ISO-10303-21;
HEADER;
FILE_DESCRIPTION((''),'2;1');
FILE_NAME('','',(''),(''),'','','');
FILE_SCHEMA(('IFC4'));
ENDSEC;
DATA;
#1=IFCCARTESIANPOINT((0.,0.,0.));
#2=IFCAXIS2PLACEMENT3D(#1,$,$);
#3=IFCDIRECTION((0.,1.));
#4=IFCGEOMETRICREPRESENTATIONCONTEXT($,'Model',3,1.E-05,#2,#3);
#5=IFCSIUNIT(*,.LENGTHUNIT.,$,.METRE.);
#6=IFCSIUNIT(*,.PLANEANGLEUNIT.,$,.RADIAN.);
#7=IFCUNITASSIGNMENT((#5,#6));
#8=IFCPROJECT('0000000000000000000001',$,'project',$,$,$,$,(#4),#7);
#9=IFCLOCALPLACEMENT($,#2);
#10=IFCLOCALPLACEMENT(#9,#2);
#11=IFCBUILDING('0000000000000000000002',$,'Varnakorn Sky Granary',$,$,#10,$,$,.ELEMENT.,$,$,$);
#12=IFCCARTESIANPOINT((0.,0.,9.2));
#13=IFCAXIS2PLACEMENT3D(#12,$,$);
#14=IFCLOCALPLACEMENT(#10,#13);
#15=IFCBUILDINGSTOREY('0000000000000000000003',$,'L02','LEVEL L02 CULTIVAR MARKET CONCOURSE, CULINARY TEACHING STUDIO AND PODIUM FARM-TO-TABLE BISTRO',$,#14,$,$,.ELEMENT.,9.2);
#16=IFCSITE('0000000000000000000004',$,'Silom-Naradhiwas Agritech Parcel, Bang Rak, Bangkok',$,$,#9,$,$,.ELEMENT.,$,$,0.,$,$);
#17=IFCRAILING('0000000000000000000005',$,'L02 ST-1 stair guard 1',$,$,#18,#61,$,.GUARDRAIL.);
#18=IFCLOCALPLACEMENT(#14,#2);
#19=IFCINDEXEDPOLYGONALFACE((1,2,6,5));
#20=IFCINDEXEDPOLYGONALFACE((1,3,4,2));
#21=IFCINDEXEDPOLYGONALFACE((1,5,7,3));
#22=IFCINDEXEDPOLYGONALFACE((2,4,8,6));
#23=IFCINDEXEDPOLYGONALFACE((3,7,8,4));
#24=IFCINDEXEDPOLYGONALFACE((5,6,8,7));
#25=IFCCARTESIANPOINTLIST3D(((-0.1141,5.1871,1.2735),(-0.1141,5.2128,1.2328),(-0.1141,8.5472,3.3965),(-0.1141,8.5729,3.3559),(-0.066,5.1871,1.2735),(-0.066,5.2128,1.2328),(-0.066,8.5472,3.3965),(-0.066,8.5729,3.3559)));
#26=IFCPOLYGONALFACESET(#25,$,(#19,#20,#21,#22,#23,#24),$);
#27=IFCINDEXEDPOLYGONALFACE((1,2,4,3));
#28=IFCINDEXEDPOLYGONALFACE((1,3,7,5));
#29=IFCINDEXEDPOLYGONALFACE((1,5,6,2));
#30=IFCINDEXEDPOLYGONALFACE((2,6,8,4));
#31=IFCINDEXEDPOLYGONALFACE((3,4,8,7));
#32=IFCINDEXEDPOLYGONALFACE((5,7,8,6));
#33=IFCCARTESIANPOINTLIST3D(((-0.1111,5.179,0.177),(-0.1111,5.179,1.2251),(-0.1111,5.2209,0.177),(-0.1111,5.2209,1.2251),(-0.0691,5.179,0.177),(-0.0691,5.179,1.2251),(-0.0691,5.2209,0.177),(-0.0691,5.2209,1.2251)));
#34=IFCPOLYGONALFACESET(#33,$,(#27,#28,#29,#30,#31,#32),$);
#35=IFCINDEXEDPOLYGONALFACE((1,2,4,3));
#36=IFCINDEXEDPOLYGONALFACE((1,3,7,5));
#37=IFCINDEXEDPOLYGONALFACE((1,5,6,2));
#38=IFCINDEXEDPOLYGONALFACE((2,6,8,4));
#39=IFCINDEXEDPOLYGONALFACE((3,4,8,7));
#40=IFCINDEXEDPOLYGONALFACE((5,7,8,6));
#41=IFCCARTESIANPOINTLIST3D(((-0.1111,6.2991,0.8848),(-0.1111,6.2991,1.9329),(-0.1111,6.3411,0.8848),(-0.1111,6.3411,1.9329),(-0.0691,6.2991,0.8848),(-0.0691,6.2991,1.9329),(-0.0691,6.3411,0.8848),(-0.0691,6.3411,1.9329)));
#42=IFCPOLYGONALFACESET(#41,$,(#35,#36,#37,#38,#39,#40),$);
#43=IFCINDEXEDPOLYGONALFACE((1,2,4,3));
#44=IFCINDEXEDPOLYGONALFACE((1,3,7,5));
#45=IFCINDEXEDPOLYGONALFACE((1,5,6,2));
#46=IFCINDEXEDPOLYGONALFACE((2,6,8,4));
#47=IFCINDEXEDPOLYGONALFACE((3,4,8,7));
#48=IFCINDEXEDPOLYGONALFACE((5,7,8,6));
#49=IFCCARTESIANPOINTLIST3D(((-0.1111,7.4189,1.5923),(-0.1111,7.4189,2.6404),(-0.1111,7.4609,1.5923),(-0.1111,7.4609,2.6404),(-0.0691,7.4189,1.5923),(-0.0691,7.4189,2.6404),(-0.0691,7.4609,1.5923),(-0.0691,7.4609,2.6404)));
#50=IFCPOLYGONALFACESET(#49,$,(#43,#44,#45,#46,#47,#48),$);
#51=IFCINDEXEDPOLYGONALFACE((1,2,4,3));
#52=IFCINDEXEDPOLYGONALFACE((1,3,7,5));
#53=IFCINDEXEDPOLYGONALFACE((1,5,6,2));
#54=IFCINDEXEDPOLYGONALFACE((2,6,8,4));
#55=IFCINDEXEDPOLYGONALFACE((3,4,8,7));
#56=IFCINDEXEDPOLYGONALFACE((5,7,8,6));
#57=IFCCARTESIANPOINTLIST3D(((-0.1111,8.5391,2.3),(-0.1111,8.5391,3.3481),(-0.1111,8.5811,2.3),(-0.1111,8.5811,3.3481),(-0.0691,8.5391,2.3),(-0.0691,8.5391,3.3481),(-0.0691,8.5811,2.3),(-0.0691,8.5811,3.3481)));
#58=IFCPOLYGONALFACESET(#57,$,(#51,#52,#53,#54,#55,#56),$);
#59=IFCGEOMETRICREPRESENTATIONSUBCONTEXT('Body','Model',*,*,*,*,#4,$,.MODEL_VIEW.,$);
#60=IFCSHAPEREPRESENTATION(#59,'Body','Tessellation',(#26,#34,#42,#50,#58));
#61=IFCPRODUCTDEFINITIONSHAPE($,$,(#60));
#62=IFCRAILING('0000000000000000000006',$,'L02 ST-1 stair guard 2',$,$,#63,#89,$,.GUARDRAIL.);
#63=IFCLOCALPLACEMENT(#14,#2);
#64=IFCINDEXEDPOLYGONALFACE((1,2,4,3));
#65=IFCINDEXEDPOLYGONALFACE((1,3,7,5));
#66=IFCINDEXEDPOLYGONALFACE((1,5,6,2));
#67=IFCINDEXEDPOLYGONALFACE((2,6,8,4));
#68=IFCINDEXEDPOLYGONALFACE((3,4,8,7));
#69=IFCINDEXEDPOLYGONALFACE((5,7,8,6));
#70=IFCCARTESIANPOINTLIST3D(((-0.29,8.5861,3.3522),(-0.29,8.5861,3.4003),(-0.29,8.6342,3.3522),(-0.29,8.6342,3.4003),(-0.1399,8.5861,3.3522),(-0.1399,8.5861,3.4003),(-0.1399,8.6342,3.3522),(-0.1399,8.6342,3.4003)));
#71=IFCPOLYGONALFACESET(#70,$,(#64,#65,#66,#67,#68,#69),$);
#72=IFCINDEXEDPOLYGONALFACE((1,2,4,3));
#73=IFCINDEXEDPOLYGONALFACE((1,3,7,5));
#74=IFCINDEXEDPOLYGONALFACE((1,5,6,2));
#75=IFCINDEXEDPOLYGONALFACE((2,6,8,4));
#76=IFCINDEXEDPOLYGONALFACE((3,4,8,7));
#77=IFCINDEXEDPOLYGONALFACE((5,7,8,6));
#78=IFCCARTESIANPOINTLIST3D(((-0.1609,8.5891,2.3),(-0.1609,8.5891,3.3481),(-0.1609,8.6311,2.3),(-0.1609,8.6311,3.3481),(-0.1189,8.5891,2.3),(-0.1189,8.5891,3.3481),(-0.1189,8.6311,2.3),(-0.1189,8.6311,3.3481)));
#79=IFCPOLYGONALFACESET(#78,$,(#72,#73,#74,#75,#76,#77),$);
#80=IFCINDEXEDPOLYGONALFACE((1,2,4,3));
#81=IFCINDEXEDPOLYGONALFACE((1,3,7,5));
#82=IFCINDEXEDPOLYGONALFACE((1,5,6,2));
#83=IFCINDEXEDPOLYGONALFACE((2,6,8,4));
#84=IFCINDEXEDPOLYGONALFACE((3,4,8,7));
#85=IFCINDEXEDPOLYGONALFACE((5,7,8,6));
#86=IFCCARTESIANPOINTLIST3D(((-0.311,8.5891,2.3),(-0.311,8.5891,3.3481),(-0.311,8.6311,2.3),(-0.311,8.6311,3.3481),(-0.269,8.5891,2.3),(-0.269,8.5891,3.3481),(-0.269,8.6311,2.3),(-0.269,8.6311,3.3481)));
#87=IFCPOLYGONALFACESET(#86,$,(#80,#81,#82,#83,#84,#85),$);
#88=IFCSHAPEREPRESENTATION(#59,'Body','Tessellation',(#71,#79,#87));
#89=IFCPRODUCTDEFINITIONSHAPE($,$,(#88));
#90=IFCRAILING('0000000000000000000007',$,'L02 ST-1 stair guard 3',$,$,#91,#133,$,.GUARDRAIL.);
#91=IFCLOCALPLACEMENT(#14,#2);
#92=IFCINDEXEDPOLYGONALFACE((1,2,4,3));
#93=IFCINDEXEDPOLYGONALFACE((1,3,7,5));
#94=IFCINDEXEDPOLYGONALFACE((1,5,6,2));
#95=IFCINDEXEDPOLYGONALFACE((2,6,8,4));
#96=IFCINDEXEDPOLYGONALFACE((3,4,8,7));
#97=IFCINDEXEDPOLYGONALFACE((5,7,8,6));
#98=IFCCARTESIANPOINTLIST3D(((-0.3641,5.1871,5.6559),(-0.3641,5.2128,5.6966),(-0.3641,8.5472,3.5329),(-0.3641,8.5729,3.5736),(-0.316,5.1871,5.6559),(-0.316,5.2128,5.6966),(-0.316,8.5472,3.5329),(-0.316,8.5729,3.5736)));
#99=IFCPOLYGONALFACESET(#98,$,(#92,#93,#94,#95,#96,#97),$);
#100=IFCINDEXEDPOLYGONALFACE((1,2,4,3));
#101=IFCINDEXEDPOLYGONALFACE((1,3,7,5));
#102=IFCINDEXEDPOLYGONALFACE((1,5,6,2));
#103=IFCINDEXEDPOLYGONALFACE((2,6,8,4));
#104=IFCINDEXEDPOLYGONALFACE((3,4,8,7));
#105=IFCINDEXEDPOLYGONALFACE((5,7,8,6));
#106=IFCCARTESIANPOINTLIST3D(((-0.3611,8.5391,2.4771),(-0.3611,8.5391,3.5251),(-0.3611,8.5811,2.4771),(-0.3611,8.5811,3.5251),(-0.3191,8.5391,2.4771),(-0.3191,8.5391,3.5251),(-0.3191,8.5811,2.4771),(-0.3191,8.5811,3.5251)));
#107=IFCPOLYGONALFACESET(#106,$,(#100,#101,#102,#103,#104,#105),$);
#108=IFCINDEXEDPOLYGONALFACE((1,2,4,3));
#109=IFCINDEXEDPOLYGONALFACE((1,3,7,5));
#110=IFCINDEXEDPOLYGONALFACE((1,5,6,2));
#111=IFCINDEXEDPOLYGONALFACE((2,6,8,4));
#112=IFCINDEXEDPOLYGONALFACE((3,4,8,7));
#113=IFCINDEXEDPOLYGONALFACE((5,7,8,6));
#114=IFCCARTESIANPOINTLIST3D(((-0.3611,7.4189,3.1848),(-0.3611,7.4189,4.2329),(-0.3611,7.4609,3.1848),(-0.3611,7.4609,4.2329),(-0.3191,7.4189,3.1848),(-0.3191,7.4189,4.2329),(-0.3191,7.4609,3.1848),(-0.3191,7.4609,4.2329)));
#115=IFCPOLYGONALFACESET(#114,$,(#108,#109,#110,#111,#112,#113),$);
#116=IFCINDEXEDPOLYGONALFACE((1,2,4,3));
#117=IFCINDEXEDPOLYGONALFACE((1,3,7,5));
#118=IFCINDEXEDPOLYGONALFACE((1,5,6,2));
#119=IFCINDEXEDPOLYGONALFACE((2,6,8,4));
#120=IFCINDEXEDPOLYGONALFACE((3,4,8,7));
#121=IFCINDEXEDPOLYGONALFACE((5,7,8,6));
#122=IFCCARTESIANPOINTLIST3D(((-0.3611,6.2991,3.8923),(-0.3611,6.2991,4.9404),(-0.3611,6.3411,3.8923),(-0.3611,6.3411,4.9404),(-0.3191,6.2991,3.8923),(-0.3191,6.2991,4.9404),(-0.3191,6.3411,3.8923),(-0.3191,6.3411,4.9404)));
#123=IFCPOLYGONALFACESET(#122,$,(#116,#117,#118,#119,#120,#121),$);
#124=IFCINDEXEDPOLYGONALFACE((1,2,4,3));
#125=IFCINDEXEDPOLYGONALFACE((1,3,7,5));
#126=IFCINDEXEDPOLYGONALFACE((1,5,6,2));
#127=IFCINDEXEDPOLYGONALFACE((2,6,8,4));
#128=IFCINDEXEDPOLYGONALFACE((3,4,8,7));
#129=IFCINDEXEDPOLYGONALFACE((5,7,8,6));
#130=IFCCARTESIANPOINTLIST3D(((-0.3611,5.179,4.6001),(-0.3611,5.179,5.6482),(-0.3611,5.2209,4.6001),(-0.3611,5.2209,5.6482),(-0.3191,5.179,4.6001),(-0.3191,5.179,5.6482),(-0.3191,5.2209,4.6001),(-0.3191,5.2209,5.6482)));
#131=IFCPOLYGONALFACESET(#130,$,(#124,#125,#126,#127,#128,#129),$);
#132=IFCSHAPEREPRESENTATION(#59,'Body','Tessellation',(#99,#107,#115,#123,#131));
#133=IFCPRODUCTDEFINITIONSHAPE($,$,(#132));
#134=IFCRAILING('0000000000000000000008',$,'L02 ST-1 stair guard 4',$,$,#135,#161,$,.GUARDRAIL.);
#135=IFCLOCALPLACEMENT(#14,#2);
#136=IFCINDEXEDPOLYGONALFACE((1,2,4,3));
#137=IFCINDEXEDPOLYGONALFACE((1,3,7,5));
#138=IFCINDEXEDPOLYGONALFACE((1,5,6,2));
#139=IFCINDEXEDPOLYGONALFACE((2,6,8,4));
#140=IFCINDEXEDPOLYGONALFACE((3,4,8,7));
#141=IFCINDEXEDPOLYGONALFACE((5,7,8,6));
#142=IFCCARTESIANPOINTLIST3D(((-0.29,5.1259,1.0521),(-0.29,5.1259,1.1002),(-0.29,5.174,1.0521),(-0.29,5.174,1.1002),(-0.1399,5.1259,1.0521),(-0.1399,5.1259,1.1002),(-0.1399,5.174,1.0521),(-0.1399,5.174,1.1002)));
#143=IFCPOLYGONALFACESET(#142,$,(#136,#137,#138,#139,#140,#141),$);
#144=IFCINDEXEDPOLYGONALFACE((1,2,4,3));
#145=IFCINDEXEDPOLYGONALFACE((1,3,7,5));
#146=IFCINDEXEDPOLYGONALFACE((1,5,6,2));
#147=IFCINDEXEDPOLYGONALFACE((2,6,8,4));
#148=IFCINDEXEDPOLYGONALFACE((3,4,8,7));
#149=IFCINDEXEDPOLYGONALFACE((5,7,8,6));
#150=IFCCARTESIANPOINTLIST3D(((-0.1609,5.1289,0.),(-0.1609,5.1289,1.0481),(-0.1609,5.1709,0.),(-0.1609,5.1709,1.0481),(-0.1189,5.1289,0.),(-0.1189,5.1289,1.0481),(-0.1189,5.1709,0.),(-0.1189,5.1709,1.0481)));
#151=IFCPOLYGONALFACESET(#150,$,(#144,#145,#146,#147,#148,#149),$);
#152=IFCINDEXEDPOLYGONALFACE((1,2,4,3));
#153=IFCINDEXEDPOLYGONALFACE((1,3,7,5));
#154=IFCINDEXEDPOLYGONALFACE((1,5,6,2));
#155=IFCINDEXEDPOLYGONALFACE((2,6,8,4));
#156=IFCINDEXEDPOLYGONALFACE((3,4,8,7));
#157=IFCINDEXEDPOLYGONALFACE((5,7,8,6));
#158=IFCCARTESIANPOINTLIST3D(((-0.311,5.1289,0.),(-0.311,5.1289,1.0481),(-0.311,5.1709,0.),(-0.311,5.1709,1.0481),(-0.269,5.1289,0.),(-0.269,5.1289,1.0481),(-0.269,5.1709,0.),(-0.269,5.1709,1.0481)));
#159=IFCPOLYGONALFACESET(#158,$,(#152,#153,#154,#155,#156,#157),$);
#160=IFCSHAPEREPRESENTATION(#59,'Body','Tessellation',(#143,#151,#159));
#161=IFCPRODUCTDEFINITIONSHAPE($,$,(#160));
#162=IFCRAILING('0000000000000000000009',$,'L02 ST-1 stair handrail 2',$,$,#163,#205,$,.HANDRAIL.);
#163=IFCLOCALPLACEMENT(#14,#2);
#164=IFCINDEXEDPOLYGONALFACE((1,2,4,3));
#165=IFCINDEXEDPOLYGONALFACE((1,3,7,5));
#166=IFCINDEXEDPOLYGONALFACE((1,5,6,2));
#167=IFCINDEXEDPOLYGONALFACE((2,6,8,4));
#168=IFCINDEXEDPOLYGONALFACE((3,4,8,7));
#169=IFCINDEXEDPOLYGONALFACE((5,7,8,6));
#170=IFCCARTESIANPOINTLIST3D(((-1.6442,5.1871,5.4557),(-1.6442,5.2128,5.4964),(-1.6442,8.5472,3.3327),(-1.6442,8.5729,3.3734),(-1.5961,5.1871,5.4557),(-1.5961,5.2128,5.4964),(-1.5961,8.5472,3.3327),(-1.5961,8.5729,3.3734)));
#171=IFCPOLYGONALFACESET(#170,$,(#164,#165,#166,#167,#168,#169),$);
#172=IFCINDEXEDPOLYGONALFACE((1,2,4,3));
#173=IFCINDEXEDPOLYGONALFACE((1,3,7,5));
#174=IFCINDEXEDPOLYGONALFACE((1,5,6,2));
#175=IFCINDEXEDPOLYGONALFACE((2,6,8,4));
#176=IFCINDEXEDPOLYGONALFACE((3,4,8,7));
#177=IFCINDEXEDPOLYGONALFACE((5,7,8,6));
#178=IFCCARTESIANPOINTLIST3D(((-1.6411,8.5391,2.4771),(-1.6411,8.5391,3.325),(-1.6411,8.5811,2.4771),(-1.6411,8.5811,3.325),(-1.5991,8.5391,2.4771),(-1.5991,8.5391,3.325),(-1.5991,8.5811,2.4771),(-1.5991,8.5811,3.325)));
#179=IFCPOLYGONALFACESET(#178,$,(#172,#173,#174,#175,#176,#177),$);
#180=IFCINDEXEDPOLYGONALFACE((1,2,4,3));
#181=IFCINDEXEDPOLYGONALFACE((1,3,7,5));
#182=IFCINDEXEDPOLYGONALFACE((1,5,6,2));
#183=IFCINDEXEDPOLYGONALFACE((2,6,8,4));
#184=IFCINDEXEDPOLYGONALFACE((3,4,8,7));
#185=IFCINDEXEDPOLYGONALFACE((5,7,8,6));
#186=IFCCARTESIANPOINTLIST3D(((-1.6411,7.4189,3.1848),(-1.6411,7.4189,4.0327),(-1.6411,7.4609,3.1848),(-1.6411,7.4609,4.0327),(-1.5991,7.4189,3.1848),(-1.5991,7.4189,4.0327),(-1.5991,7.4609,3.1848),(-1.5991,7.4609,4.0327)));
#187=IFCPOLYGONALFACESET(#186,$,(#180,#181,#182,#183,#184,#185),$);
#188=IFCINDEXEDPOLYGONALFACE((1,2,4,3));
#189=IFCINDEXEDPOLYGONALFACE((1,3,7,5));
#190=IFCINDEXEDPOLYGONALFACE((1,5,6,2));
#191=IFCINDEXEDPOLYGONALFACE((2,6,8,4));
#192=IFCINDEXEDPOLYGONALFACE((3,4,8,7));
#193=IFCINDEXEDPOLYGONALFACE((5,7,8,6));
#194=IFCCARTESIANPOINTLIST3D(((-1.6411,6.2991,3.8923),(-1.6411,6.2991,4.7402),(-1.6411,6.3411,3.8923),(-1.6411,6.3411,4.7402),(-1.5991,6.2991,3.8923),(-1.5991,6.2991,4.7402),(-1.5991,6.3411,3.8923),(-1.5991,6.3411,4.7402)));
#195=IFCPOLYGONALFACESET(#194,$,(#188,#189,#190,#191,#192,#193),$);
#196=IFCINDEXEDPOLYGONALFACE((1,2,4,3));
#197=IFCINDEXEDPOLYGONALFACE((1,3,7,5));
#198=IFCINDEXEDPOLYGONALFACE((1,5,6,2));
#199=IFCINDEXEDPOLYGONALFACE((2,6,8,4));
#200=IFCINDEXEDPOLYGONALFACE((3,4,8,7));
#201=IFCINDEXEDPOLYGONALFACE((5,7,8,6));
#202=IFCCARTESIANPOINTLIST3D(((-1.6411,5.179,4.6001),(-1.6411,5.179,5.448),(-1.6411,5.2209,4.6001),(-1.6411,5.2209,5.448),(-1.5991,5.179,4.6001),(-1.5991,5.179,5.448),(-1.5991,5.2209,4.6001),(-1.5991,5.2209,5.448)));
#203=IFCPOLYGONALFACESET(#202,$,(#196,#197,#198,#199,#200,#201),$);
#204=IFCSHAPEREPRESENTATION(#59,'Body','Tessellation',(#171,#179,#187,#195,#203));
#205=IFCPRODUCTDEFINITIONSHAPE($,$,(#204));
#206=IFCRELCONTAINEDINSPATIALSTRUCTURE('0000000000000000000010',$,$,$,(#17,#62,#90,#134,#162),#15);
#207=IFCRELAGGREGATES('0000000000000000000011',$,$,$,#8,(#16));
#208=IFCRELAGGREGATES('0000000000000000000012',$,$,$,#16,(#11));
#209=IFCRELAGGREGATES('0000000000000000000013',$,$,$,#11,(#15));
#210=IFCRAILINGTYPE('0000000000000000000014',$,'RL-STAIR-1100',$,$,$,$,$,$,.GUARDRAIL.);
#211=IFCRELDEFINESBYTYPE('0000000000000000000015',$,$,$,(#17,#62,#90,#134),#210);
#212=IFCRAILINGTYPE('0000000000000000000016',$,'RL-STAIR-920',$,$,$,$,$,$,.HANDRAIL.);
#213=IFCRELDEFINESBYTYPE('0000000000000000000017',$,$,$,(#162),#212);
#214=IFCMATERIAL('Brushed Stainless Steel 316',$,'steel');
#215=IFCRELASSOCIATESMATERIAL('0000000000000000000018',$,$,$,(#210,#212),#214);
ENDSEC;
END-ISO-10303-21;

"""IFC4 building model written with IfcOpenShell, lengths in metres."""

from ifc_helpers import new_model, si_unit, direction, frame, origin, origin_2d, place, context, subcontext, project, spatial, rectangle, extrude, material, type_object, element, save


model = new_model("IFC4")

# Units and contexts
model_context = context("Model", 3, precision=1e-05, world=origin(), true_north=direction((0.0, 1.0)))
body_context = subcontext(model_context, "Body", "Model", "MODEL_VIEW")
ifc_project = project(units=[si_unit("LENGTHUNIT", "METRE"), si_unit("PLANEANGLEUNIT", "RADIAN")], contexts=[model_context])

# Site, building, storey
site_placement = place(None, origin())
site = spatial("IfcSite", under=ifc_project, at=site_placement, Name="Silom-Naradhiwas Agritech Parcel, Bang Rak, Bangkok", CompositionType="ELEMENT", RefElevation=0.0)
building_placement = place(site_placement, origin())
building = spatial("IfcBuilding", under=site, at=building_placement, Name="Varnakorn Sky Granary", CompositionType="ELEMENT")
storey_placement = place(building_placement, frame((0.0, 0.0, 9.2)))
storey = spatial("IfcBuildingStorey", under=building, at=storey_placement, Name="L02", Description="LEVEL L02 CULTIVAR MARKET CONCOURSE, CULINARY TEACHING STUDIO AND PODIUM FARM-TO-TABLE BISTRO", CompositionType="ELEMENT", Elevation=9.2)

# Railings
ifc_material_1 = material(Name="Brushed Stainless Steel 316", Category="steel")
railing_type_1 = type_object("IfcRailingType", Name="RL-STAIR-1100", PredefinedType="GUARDRAIL", material=ifc_material_1)
railing_1_placement = place(storey_placement, frame((-0.0901, 5.2, 0.177)))
element("IfcRailing", 1, at=railing_1_placement, inside=storey, type_object=railing_type_1, Name="L02 ST-1 stair guard 1", PredefinedType="GUARDRAIL", context=body_context, shape_type="SweptSolid", body=[
    extrude(rectangle(XDim=0.0481, YDim=0.0481, at=origin_2d()), frame((0.0, 0.0, 1.0762), z_axis=(0.0, 0.84539, 0.53415), x_axis=(-1.0, 0.0, 0.0)), (0.0, 0.0, 1.0), 3.9746),
    extrude(rectangle(XDim=0.042, YDim=0.042, at=origin_2d()), origin(), (0.0, 0.0, 1.0), 1.0481),
    extrude(rectangle(XDim=0.042, YDim=0.042, at=origin_2d()), frame((0.0, 1.1201, 0.7078)), (0.0, 0.0, 1.0), 1.0481),
    extrude(rectangle(XDim=0.042, YDim=0.042, at=origin_2d()), frame((0.0, 2.24, 1.4153)), (0.0, 0.0, 1.0), 1.0481),
    extrude(rectangle(XDim=0.042, YDim=0.042, at=origin_2d()), frame((0.0, 3.3601, 2.123)), (0.0, 0.0, 1.0), 1.0481),
])
railing_2_placement = place(storey_placement, frame((-0.1399, 8.6101, 2.3)))
element("IfcRailing", 2, at=railing_2_placement, inside=storey, type_object=railing_type_1, Name="L02 ST-1 stair guard 2", PredefinedType="GUARDRAIL", context=body_context, shape_type="SweptSolid", body=[
    extrude(rectangle(XDim=0.0481, YDim=0.0481, at=origin_2d()), frame((0.0, 0.0, 1.0762), z_axis=(-1.0, 0.0, 0.0), x_axis=(0.0, -1.0, 0.0)), (0.0, 0.0, 1.0), 0.1501),
    extrude(rectangle(XDim=0.042, YDim=0.042, at=origin_2d()), origin(), (0.0, 0.0, 1.0), 1.0481),
    extrude(rectangle(XDim=0.042, YDim=0.042, at=origin_2d()), frame((-0.1501, 0.0, 0.0)), (0.0, 0.0, 1.0), 1.0481),
])
railing_3_placement = place(storey_placement, frame((-0.3401, 8.5601, 2.4771)))
element("IfcRailing", 3, at=railing_3_placement, inside=storey, type_object=railing_type_1, Name="L02 ST-1 stair guard 3", PredefinedType="GUARDRAIL", context=body_context, shape_type="SweptSolid", body=[
    extrude(rectangle(XDim=0.0481, YDim=0.0481, at=origin_2d()), frame((0.0, 0.0, 1.0762), z_axis=(0.0, -0.84539, 0.53415), x_axis=(1.0, 0.0, 0.0)), (0.0, 0.0, 1.0), 3.9746),
    extrude(rectangle(XDim=0.042, YDim=0.042, at=origin_2d()), origin(), (0.0, 0.0, 1.0), 1.0481),
    extrude(rectangle(XDim=0.042, YDim=0.042, at=origin_2d()), frame((0.0, -1.1201, 0.7078)), (0.0, 0.0, 1.0), 1.0481),
    extrude(rectangle(XDim=0.042, YDim=0.042, at=origin_2d()), frame((0.0, -2.24, 1.4153)), (0.0, 0.0, 1.0), 1.0481),
    extrude(rectangle(XDim=0.042, YDim=0.042, at=origin_2d()), frame((0.0, -3.3601, 2.123)), (0.0, 0.0, 1.0), 1.0481),
])
railing_4_placement = place(storey_placement, frame((-0.1399, 5.1499, 0.0)))
element("IfcRailing", 4, at=railing_4_placement, inside=storey, type_object=railing_type_1, Name="L02 ST-1 stair guard 4", PredefinedType="GUARDRAIL", context=body_context, shape_type="SweptSolid", body=[
    extrude(rectangle(XDim=0.0481, YDim=0.0481, at=origin_2d()), frame((0.0, 0.0, 1.0762), z_axis=(-1.0, 0.0, 0.0), x_axis=(0.0, -1.0, 0.0)), (0.0, 0.0, 1.0), 0.1501),
    extrude(rectangle(XDim=0.042, YDim=0.042, at=origin_2d()), origin(), (0.0, 0.0, 1.0), 1.0481),
    extrude(rectangle(XDim=0.042, YDim=0.042, at=origin_2d()), frame((-0.1501, 0.0, 0.0)), (0.0, 0.0, 1.0), 1.0481),
])
railing_type_2 = type_object("IfcRailingType", Name="RL-STAIR-920", PredefinedType="HANDRAIL", material=ifc_material_1)
railing_5_placement = place(storey_placement, frame((-1.6201, 8.5601, 2.4771)))
element("IfcRailing", 5, at=railing_5_placement, inside=storey, type_object=railing_type_2, Name="L02 ST-1 stair handrail 2", PredefinedType="HANDRAIL", context=body_context, shape_type="SweptSolid", body=[
    extrude(rectangle(XDim=0.0481, YDim=0.0481, at=origin_2d()), frame((0.0, 0.0, 0.876), z_axis=(0.0, -0.84539, 0.53415), x_axis=(1.0, 0.0, 0.0)), (0.0, 0.0, 1.0), 3.9746),
    extrude(rectangle(XDim=0.042, YDim=0.042, at=origin_2d()), origin(), (0.0, 0.0, 1.0), 0.8479),
    extrude(rectangle(XDim=0.042, YDim=0.042, at=origin_2d()), frame((0.0, -1.1201, 0.7078)), (0.0, 0.0, 1.0), 0.8479),
    extrude(rectangle(XDim=0.042, YDim=0.042, at=origin_2d()), frame((0.0, -2.24, 1.4153)), (0.0, 0.0, 1.0), 0.8479),
    extrude(rectangle(XDim=0.042, YDim=0.042, at=origin_2d()), frame((0.0, -3.3601, 2.123)), (0.0, 0.0, 1.0), 0.8479),
])

save(model, "model.ifc")
